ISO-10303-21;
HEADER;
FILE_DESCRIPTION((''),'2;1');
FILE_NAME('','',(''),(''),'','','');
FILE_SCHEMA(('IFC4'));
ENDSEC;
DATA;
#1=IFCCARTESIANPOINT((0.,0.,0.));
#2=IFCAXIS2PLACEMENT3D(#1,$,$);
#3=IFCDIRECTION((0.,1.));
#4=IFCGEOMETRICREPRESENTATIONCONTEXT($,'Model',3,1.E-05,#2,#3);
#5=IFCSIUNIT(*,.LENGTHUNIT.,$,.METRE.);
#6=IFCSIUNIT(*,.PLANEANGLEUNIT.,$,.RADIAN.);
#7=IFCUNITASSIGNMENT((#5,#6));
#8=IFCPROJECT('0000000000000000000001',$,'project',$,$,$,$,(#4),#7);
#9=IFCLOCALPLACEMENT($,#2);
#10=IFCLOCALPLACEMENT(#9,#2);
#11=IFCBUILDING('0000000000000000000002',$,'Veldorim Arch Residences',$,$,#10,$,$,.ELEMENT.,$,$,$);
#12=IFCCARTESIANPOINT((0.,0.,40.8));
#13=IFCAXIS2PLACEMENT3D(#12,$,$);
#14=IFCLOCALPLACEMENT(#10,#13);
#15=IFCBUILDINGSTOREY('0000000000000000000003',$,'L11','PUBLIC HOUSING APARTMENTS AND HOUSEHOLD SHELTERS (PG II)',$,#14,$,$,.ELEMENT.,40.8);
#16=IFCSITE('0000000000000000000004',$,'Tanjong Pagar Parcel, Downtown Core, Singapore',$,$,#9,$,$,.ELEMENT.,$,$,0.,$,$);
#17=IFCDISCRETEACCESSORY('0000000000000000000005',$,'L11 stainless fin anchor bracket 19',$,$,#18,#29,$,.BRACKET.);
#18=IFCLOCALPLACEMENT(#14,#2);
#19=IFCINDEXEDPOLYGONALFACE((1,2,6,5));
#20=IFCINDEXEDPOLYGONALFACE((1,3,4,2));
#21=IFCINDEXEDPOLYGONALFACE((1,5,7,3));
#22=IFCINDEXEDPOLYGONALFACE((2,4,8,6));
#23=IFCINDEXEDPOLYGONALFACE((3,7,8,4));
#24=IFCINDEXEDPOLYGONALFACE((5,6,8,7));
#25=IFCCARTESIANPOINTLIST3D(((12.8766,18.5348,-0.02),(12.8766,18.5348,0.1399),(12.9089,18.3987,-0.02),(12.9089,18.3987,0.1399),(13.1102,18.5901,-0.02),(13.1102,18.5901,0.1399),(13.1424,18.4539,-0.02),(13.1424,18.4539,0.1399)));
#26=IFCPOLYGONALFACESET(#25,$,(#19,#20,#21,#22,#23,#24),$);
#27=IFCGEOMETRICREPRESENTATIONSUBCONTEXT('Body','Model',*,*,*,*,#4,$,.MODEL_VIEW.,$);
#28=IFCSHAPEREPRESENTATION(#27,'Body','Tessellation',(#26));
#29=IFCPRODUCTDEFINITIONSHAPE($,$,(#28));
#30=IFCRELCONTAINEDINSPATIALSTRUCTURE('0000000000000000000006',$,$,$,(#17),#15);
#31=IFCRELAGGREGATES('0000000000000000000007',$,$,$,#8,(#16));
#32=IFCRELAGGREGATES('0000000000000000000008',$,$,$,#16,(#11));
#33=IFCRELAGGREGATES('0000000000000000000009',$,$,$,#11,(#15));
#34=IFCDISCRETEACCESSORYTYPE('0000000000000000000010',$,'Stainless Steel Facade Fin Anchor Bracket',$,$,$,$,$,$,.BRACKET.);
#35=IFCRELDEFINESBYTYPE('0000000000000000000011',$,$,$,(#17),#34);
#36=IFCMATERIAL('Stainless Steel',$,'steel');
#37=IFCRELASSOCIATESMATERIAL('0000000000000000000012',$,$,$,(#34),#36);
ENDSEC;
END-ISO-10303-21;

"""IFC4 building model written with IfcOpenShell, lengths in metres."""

from ifc_helpers import new_model, si_unit, direction, frame, origin, origin_2d, place, context, subcontext, project, spatial, rectangle, extrude, material, type_object, element, save


model = new_model("IFC4")

# Units and contexts
model_context = context("Model", 3, precision=1e-05, world=origin(), true_north=direction((0.0, 1.0)))
body_context = subcontext(model_context, "Body", "Model", "MODEL_VIEW")
ifc_project = project(units=[si_unit("LENGTHUNIT", "METRE"), si_unit("PLANEANGLEUNIT", "RADIAN")], contexts=[model_context])

# Site, building, storey
site_placement = place(None, origin())
site = spatial("IfcSite", under=ifc_project, at=site_placement, Name="Tanjong Pagar Parcel, Downtown Core, Singapore", CompositionType="ELEMENT", RefElevation=0.0)
building_placement = place(site_placement, origin())
building = spatial("IfcBuilding", under=site, at=building_placement, Name="Veldorim Arch Residences", CompositionType="ELEMENT")
storey_placement = place(building_placement, frame((0.0, 0.0, 40.8)))
storey = spatial("IfcBuildingStorey", under=building, at=storey_placement, Name="L11", Description="PUBLIC HOUSING APARTMENTS AND HOUSEHOLD SHELTERS (PG II)", CompositionType="ELEMENT", Elevation=40.8)

# Discrete accessory
ifc_material_1 = material(Name="Stainless Steel", Category="steel")
discrete_accessory_type = type_object("IfcDiscreteAccessoryType", Name="Stainless Steel Facade Fin Anchor Bracket", PredefinedType="BRACKET", material=ifc_material_1)
discrete_accessory_placement = place(storey_placement, frame((13.0095, 18.4944, -0.02), z_axis=(0.0, 0.0, 1.0), x_axis=(-0.23022, 0.973139, 0.0)))
element("IfcDiscreteAccessory", 1, at=discrete_accessory_placement, inside=storey, type_object=discrete_accessory_type, Name="L11 stainless fin anchor bracket 19", PredefinedType="BRACKET", context=body_context, shape_type="SweptSolid", body=[
    extrude(rectangle(XDim=0.1399, YDim=0.24, at=origin_2d()), origin(), (0.0, 0.0, 1.0), 0.1599),
])

save(model, "model.ifc")
